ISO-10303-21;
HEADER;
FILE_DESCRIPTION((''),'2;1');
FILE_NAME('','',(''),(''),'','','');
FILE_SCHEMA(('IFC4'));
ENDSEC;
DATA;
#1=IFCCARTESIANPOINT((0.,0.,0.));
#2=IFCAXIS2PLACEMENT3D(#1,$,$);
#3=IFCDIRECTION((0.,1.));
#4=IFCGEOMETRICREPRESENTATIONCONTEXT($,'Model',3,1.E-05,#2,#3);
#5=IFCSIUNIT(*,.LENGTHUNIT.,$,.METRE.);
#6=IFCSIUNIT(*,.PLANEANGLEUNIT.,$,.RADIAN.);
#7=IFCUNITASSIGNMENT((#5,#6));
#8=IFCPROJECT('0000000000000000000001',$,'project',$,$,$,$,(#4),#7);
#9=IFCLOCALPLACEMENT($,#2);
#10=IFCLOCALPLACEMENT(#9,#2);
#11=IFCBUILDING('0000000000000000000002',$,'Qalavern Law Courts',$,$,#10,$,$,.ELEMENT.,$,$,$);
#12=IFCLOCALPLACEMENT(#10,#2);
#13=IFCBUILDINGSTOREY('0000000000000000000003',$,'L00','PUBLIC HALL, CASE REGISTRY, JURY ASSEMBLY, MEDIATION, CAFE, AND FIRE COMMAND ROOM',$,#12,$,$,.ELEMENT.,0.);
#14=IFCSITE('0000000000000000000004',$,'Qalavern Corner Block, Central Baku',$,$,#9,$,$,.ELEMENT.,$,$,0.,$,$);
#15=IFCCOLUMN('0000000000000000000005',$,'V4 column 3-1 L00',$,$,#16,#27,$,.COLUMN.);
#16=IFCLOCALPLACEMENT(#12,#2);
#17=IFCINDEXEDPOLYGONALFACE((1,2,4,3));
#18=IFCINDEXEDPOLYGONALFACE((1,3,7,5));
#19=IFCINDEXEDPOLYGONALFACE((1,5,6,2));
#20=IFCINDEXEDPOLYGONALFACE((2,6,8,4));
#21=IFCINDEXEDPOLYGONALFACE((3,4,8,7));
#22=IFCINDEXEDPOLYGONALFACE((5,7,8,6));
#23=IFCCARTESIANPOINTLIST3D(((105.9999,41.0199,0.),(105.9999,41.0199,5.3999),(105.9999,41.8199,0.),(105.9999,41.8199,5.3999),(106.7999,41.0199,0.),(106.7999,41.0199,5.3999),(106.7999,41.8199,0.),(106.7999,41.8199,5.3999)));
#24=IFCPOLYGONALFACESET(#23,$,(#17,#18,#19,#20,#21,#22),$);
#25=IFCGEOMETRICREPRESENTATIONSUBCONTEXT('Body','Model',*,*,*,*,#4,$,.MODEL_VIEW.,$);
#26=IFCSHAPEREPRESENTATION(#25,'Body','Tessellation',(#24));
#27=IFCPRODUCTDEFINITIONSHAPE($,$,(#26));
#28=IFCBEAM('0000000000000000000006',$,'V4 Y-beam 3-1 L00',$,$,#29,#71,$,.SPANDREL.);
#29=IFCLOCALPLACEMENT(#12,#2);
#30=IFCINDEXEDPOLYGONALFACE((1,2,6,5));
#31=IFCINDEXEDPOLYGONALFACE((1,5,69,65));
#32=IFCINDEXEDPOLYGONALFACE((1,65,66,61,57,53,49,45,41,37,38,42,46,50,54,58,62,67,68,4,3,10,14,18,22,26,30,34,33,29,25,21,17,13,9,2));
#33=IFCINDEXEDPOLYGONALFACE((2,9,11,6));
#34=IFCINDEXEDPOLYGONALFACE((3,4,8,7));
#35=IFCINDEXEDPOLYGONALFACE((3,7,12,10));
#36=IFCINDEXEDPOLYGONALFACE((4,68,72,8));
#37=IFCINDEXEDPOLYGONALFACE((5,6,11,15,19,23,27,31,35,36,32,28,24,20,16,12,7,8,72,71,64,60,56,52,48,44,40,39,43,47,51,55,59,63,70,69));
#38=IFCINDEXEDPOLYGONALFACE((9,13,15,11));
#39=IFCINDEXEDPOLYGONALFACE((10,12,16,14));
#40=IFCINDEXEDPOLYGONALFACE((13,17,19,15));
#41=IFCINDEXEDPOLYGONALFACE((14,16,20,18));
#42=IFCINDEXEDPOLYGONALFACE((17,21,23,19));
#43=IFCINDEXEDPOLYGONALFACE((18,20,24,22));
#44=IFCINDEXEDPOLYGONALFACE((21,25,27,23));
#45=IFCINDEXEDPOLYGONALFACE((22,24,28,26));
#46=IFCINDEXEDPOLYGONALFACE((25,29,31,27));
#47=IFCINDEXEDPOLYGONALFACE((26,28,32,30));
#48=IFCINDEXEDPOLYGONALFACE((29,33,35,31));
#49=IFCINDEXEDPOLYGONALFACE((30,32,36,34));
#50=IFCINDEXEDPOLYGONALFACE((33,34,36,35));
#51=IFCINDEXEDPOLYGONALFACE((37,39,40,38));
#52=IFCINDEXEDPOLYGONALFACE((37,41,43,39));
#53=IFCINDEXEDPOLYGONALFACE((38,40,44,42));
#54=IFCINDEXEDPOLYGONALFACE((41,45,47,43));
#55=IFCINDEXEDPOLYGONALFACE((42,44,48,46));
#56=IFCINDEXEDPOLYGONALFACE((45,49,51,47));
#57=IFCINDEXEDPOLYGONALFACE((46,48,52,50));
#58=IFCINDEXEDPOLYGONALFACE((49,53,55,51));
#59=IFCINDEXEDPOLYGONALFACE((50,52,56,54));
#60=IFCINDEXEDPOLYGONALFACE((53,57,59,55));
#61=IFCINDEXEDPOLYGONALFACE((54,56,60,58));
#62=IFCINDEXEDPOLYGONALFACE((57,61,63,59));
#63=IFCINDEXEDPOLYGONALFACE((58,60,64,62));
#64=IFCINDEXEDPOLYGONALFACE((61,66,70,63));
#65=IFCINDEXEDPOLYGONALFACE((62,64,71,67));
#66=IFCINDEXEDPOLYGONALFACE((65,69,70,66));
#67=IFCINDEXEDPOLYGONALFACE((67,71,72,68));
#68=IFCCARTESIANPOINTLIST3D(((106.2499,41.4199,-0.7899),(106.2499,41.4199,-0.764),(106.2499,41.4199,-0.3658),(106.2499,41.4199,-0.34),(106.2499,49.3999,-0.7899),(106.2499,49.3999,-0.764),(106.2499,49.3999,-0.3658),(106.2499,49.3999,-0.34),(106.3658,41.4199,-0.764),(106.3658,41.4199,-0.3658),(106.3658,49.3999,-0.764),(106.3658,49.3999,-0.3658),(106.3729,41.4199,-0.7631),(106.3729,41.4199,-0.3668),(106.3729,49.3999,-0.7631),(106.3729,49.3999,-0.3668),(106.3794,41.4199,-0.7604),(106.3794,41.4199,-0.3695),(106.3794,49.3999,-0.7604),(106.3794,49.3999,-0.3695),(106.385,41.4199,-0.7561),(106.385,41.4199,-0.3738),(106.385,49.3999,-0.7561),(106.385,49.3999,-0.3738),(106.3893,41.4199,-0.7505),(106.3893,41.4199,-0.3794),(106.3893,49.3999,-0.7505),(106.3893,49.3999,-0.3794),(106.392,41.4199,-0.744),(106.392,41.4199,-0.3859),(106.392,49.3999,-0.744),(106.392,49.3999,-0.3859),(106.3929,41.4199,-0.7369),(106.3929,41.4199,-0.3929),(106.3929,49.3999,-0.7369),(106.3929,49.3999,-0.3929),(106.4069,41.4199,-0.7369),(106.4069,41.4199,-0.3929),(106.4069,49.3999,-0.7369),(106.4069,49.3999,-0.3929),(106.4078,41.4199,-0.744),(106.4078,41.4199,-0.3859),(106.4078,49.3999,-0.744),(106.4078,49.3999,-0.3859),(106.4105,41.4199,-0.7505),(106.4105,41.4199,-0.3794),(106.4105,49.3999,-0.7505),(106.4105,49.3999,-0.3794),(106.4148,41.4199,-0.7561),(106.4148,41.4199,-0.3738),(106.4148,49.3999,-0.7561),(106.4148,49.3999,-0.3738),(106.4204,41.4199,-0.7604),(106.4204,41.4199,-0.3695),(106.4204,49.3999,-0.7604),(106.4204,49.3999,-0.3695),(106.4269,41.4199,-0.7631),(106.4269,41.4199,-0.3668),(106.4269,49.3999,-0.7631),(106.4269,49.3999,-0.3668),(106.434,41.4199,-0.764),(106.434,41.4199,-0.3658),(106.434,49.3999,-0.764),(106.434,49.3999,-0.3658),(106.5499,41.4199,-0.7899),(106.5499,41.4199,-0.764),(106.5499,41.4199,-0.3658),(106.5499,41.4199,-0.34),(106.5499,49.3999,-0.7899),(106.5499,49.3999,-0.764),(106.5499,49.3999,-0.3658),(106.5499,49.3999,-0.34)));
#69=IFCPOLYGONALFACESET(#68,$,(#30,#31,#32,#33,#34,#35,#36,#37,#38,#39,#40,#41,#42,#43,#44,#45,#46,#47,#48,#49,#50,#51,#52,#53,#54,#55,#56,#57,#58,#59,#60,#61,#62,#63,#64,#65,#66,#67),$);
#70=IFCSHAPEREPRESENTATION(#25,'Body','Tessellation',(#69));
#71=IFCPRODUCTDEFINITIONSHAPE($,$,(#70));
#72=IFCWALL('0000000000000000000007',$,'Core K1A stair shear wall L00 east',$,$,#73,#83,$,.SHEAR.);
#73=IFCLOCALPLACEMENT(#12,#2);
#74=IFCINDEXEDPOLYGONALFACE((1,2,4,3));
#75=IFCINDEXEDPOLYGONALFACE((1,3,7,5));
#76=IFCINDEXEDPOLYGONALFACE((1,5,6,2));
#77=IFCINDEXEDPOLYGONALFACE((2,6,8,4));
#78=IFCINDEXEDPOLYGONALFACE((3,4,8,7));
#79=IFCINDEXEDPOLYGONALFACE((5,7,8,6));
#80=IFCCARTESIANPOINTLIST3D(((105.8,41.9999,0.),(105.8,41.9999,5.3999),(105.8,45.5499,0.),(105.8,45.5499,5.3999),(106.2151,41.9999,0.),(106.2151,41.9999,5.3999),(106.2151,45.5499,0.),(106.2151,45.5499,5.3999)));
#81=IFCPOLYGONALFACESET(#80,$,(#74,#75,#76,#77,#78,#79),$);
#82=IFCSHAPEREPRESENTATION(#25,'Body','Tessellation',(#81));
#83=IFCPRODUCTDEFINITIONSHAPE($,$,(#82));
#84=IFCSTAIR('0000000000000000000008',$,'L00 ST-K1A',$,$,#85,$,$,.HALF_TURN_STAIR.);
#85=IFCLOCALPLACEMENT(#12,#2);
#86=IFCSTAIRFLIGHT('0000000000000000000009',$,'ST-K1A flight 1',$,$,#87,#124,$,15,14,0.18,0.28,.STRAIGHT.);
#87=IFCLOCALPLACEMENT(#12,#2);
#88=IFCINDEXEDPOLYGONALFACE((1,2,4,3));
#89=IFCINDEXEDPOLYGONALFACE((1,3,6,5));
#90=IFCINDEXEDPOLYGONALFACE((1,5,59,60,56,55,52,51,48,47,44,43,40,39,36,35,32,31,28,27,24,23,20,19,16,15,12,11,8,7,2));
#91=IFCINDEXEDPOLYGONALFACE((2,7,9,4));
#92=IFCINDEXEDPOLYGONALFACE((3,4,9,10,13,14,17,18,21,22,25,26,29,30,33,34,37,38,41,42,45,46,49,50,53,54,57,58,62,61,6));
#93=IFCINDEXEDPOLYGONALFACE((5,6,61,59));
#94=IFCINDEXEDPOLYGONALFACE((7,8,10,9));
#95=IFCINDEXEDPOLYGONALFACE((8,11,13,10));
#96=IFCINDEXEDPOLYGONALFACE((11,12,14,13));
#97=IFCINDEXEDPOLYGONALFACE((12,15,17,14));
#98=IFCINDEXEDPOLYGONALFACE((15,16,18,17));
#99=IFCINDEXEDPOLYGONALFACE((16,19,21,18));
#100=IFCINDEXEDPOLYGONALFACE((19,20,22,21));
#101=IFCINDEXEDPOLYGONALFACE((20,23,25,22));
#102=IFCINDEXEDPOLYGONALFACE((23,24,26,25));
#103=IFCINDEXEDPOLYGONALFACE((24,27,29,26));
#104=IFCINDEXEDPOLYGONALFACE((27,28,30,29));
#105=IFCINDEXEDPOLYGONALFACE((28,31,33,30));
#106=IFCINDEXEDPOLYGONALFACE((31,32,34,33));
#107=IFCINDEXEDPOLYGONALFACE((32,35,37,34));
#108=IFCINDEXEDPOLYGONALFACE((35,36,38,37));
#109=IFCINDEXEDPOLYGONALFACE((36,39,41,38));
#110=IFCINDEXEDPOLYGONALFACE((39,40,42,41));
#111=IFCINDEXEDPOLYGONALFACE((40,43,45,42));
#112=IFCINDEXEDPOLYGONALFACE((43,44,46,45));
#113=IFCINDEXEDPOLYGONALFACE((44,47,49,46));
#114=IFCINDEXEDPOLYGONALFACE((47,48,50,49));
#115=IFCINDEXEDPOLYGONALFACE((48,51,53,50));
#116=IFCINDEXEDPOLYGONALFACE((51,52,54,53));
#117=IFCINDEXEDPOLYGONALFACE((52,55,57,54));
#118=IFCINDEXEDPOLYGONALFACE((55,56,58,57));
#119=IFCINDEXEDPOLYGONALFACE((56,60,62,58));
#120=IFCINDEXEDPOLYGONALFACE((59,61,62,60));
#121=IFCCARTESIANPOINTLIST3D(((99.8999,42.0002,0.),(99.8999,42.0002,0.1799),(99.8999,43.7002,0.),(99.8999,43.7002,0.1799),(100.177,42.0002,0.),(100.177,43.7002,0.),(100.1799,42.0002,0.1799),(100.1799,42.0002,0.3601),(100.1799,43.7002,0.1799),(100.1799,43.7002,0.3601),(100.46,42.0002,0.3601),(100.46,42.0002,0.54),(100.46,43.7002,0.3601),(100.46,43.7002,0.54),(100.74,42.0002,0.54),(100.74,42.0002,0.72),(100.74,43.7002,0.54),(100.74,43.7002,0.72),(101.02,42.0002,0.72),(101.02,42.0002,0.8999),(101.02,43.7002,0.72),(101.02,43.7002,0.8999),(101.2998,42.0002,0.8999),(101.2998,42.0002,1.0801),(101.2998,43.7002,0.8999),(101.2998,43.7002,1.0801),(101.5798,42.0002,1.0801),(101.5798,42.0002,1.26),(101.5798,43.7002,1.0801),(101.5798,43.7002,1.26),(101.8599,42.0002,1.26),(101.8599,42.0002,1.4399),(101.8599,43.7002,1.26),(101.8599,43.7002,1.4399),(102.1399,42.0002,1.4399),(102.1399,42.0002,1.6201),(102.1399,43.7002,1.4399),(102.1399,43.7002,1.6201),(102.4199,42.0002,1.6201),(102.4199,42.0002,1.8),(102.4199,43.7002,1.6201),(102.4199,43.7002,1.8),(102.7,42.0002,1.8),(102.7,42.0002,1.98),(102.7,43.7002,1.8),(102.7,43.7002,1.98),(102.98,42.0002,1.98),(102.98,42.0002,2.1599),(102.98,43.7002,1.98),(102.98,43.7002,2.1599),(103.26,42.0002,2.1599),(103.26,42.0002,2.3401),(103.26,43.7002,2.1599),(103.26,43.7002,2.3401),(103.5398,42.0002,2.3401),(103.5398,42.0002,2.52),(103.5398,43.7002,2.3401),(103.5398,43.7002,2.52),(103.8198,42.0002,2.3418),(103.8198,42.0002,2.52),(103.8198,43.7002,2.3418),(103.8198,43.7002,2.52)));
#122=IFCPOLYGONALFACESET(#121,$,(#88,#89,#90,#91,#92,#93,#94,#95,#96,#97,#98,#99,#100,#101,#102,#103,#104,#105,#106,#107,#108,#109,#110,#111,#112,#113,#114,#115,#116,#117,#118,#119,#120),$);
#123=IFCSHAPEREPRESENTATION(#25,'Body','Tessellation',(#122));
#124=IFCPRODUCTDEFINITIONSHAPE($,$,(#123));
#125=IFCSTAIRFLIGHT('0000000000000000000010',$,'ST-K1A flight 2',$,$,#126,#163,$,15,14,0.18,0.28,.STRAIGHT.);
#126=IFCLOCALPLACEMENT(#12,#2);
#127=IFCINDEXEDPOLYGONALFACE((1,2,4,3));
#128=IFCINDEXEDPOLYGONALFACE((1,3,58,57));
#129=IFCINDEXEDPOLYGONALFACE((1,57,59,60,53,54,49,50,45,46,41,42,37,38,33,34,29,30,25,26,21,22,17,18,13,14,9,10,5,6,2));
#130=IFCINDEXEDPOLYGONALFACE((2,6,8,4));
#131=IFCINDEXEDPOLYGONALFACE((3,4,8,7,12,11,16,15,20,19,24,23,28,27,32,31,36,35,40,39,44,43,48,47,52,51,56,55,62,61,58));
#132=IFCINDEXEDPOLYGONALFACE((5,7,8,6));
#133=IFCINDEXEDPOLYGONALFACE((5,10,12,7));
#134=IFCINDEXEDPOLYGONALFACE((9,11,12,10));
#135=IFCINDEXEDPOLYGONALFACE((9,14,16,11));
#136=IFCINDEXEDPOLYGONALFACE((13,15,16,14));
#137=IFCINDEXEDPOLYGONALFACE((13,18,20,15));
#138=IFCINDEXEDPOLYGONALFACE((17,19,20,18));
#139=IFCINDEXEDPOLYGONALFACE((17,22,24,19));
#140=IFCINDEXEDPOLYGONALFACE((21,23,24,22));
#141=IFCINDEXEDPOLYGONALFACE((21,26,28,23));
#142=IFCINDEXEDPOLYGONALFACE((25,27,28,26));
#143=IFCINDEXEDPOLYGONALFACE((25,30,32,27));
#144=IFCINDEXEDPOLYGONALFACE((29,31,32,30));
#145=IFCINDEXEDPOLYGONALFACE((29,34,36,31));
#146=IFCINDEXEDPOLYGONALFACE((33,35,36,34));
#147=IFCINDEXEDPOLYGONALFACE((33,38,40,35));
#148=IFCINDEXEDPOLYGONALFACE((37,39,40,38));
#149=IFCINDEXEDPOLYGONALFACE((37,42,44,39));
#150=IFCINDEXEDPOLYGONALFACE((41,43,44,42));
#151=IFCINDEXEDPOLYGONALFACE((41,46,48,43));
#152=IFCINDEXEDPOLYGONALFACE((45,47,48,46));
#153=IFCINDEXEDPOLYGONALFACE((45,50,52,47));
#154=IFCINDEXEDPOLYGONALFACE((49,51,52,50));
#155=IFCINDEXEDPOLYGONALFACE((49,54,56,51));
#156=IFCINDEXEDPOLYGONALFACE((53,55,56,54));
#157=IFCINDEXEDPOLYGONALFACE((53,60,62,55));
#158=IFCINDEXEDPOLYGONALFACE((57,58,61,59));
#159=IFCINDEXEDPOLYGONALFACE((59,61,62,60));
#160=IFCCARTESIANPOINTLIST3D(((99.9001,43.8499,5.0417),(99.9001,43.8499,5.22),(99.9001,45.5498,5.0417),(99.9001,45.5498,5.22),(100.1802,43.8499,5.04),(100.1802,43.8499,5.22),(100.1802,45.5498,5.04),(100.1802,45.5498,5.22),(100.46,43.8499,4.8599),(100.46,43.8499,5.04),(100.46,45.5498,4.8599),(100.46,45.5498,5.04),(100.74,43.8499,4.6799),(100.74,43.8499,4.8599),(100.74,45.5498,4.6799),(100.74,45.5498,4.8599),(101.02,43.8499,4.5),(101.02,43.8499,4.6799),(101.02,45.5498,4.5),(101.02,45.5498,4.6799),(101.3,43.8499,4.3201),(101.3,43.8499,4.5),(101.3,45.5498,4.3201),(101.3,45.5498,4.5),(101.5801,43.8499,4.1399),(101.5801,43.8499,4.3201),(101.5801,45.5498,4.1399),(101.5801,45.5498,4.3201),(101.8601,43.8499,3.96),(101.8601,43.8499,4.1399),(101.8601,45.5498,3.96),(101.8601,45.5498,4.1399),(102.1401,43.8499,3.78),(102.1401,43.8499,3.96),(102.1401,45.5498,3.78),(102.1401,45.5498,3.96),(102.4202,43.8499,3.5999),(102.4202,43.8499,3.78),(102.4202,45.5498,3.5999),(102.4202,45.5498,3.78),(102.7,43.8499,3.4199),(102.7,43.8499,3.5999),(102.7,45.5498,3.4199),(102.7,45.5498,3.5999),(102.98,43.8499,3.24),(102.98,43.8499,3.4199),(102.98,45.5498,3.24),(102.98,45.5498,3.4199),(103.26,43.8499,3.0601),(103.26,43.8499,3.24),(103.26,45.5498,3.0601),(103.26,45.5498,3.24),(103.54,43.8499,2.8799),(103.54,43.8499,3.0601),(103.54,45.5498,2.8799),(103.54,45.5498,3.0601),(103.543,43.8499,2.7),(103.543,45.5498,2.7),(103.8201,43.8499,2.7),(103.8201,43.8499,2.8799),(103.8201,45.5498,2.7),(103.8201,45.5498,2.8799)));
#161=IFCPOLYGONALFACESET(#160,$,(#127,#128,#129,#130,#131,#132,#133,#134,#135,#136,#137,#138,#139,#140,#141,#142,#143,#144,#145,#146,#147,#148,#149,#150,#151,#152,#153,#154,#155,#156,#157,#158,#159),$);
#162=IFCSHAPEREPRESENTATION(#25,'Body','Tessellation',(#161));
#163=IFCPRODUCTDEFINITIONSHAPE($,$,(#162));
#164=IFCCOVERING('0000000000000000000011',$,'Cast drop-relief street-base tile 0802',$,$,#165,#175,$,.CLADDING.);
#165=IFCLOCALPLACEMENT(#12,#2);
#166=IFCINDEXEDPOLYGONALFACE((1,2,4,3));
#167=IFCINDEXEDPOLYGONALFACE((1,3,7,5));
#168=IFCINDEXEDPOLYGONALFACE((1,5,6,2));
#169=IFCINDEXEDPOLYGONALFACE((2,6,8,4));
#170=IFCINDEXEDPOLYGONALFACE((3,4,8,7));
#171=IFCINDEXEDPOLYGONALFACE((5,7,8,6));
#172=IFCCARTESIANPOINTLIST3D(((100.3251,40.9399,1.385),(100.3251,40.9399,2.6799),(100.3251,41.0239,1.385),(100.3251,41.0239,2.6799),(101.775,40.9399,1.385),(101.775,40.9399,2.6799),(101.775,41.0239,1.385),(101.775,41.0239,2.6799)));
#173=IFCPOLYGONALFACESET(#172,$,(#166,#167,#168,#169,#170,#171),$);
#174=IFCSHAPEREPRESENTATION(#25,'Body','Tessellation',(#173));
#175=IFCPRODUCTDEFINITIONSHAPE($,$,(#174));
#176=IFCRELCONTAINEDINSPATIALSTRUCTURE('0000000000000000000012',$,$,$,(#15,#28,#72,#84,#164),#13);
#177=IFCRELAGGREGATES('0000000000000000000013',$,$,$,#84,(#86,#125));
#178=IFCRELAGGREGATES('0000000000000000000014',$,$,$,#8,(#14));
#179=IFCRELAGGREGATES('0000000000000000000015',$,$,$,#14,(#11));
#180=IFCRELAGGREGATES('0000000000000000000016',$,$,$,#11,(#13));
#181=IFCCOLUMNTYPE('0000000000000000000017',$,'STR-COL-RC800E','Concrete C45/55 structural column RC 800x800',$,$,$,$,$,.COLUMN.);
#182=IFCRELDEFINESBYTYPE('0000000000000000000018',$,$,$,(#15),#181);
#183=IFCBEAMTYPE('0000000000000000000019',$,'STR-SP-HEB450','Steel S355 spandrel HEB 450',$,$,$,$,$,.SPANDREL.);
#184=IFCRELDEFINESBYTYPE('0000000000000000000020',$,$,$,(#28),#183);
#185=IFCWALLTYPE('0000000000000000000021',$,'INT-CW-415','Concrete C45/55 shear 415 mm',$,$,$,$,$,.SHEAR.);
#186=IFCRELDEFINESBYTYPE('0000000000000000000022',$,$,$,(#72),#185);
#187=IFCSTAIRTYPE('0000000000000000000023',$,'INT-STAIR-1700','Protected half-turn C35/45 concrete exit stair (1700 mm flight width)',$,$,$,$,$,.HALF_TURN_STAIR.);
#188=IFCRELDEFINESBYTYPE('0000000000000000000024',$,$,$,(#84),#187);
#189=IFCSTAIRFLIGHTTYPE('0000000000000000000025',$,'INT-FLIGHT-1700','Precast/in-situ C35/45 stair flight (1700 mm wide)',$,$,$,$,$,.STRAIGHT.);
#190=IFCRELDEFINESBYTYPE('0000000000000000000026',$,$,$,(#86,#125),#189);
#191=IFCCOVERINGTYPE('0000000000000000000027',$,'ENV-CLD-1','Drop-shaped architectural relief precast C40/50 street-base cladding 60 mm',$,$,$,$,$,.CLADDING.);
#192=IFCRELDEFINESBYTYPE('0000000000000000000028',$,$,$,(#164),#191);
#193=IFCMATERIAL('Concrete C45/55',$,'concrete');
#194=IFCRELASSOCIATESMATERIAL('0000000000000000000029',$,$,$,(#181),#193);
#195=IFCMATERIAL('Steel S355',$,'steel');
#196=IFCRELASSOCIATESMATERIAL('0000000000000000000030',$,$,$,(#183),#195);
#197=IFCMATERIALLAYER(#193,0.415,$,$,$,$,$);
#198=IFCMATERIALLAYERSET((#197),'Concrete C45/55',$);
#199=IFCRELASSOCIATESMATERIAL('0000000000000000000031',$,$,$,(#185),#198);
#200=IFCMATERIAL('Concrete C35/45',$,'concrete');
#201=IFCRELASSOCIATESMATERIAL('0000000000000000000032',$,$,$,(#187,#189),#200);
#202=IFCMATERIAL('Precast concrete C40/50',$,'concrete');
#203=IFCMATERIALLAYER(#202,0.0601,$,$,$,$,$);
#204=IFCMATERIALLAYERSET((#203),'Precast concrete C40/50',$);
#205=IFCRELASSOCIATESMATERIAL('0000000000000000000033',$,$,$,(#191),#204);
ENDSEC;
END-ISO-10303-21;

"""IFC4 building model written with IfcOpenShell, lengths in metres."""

from ifc_helpers import new_model, si_unit, direction, frame, frame_2d, origin, origin_2d, place, context, subcontext, project, spatial, polyline, rectangle, i_section, outline, extrude, material, layer, layer_set, material_profile, profile_set, type_object, element, aggregate, save


model = new_model("IFC4")

# Units and contexts
model_context = context("Model", 3, precision=1e-05, world=origin(), true_north=direction((0.0, 1.0)))
body_context = subcontext(model_context, "Body", "Model", "MODEL_VIEW")
ifc_project = project(units=[si_unit("LENGTHUNIT", "METRE"), si_unit("PLANEANGLEUNIT", "RADIAN")], contexts=[model_context])

# Site, building, storey
site_placement = place(None, origin())
site = spatial("IfcSite", under=ifc_project, at=site_placement, Name="Qalavern Corner Block, Central Baku", CompositionType="ELEMENT", RefElevation=0.0)
building_placement = place(site_placement, origin())
building = spatial("IfcBuilding", under=site, at=building_placement, Name="Qalavern Law Courts", CompositionType="ELEMENT")
storey_placement = place(building_placement, origin())
storey = spatial("IfcBuildingStorey", under=building, at=storey_placement, Name="L00", Description="PUBLIC HALL, CASE REGISTRY, JURY ASSEMBLY, MEDIATION, CAFE, AND FIRE COMMAND ROOM", CompositionType="ELEMENT", Elevation=0.0)

# Column
ifc_material_1 = material(Name="Concrete C45/55", Category="concrete")
ifc_material_profile_1 = material_profile(ifc_material_1, rectangle(XDim=0.8, YDim=0.8, at=origin_2d()), Name="RC 800x800")
ifc_profile_set_1 = profile_set([ifc_material_profile_1], Name="Concrete C45/55")
column_type = type_object("IfcColumnType", Name="STR-COL-RC800E", Description="Concrete C45/55 structural column RC 800x800", PredefinedType="COLUMN", material=ifc_profile_set_1)
column_placement = place(storey_placement, frame((106.3999, 41.4199, 0.0), z_axis=(0.0, 0.0, 1.0), x_axis=(1.0, 0.0, 0.0)))
element("IfcColumn", 1, at=column_placement, inside=storey, type_object=column_type, Name="V4 column 3-1 L00", PredefinedType="COLUMN", context=body_context, shape_type="SweptSolid", body=[
    extrude(rectangle(XDim=0.8, YDim=0.8, at=origin_2d()), origin(), (0.0, 0.0, 1.0), 5.3999),
])

# Beam
ifc_material_2 = material(Name="Steel S355", Category="steel")
ifc_material_profile_2 = material_profile(ifc_material_2, i_section(OverallWidth=0.3, OverallDepth=0.45, WebThickness=0.0139, FlangeThickness=0.0259, FilletRadius=0.0271, at=origin_2d()), Name="HEB 450")
ifc_profile_set_2 = profile_set([ifc_material_profile_2], Name="Steel S355")
beam_type = type_object("IfcBeamType", Name="STR-SP-HEB450", Description="Steel S355 spandrel HEB 450", PredefinedType="SPANDREL", material=ifc_profile_set_2)
beam_placement = place(storey_placement, frame((106.3999, 41.4199, -0.5649), z_axis=(0.0, 1.0, 0.0), x_axis=(-1.0, 0.0, 0.0)))
element("IfcBeam", 2, at=beam_placement, inside=storey, type_object=beam_type, Name="V4 Y-beam 3-1 L00", PredefinedType="SPANDREL", context=body_context, shape_type="SweptSolid", body=[
    extrude(i_section(OverallWidth=0.3, OverallDepth=0.45, WebThickness=0.0139, FlangeThickness=0.0259, FilletRadius=0.0271, at=origin_2d()), origin(), (0.0, 0.0, 1.0), 7.98),
])

# Wall
ifc_layer_1 = layer(ifc_material_1, 0.415)
ifc_layer_set_1 = layer_set([ifc_layer_1], Name="Concrete C45/55")
wall_type = type_object("IfcWallType", Name="INT-CW-415", Description="Concrete C45/55 shear 415 mm", PredefinedType="SHEAR", material=ifc_layer_set_1)
wall_placement = place(storey_placement, frame((106.0076, 42.0, 0.0), z_axis=(0.0, 0.0, 1.0), x_axis=(0.0, 1.0, 0.0)))
element("IfcWall", 3, at=wall_placement, inside=storey, type_object=wall_type, Name="Core K1A stair shear wall L00 east", PredefinedType="SHEAR", context=body_context, shape_type="SweptSolid", body=[
    extrude(rectangle(XDim=3.55, YDim=0.415, at=frame_2d((1.7749, 0.0))), origin(), (0.0, 0.0, 1.0), 5.3999),
])

# Stair, stair flights
ifc_material_3 = material(Name="Concrete C35/45", Category="concrete")
stair_type = type_object("IfcStairType", Name="INT-STAIR-1700", Description="Protected half-turn C35/45 concrete exit stair (1700 mm flight width)", PredefinedType="HALF_TURN_STAIR", material=ifc_material_3)
stair_placement = place(storey_placement, origin())
stair = element("IfcStair", 4, at=stair_placement, inside=storey, type_object=stair_type, Name="L00 ST-K1A", PredefinedType="HALF_TURN_STAIR")
stair_flight_type = type_object("IfcStairFlightType", Name="INT-FLIGHT-1700", Description="Precast/in-situ C35/45 stair flight (1700 mm wide)", PredefinedType="STRAIGHT", material=ifc_material_3)
stair_flight_1_placement = place(storey_placement, frame((99.8999, 42.8501, 0.0), z_axis=(0.0, 0.0, 1.0), x_axis=(1.0, 0.0, 0.0)))
stair_flight_1 = element("IfcStairFlight", 5, at=stair_flight_1_placement, type_object=stair_flight_type, Name="ST-K1A flight 1", NumberOfRisers=15, NumberOfTreads=14, PredefinedType="STRAIGHT", RiserHeight=0.18, TreadLength=0.28, context=body_context, shape_type="SweptSolid", body=[
    extrude(outline(polyline([(0.0, 0.0), (0.0, 0.1799), (0.28, 0.1799), (0.28, 0.3601), (0.5601, 0.3601), (0.5601, 0.54), (0.8401, 0.54), (0.8401, 0.72), (1.1201, 0.72), (1.1201, 0.8999), (1.3999, 0.8999), (1.3999, 1.0801), (1.6799, 1.0801), (1.6799, 1.26), (1.96, 1.26), (1.96, 1.4399), (2.24, 1.4399), (2.24, 1.6201), (2.52, 1.6201), (2.52, 1.8), (2.8, 1.8), (2.8, 1.98), (3.0801, 1.98), (3.0801, 2.1599), (3.3601, 2.1599), (3.3601, 2.3401), (3.6399, 2.3401), (3.6399, 2.52), (3.9199, 2.52), (3.9199, 2.7), (3.9199, 2.3418), (0.2771, 0.0), (0.0, 0.0)])), frame((0.0, 0.8501, 0.0), z_axis=(0.0, -1.0, 0.0), x_axis=(1.0, 0.0, 0.0)), (0.0, 0.0, 1.0), 1.7),
])
stair_flight_2_placement = place(storey_placement, frame((103.8201, 44.7, 2.7), z_axis=(0.0, 0.0, 1.0), x_axis=(-1.0, 0.0, 0.0)))
stair_flight_2 = element("IfcStairFlight", 6, at=stair_flight_2_placement, type_object=stair_flight_type, Name="ST-K1A flight 2", NumberOfRisers=15, NumberOfTreads=14, PredefinedType="STRAIGHT", RiserHeight=0.18, TreadLength=0.28, context=body_context, shape_type="SweptSolid", body=[
    extrude(outline(polyline([(0.0, 0.0), (0.0, 0.1799), (0.28, 0.1799), (0.28, 0.3601), (0.5601, 0.3601), (0.5601, 0.54), (0.8401, 0.54), (0.8401, 0.72), (1.1201, 0.72), (1.1201, 0.8999), (1.3999, 0.8999), (1.3999, 1.0801), (1.6799, 1.0801), (1.6799, 1.26), (1.96, 1.26), (1.96, 1.4399), (2.24, 1.4399), (2.24, 1.6201), (2.52, 1.6201), (2.52, 1.8), (2.8, 1.8), (2.8, 1.98), (3.0801, 1.98), (3.0801, 2.1599), (3.3601, 2.1599), (3.3601, 2.3401), (3.6399, 2.3401), (3.6399, 2.52), (3.9199, 2.52), (3.9199, 2.7), (3.9199, 2.3418), (0.2771, 0.0), (0.0, 0.0)])), frame((0.0, 0.8501, 0.0), z_axis=(0.0, -1.0, 0.0), x_axis=(1.0, 0.0, 0.0)), (0.0, 0.0, 1.0), 1.7),
])
aggregate(stair, [stair_flight_1, stair_flight_2])

# Covering
ifc_material_4 = material(Name="Precast concrete C40/50", Category="concrete")
ifc_layer_2 = layer(ifc_material_4, 0.0601)
ifc_layer_set_2 = layer_set([ifc_layer_2], Name="Precast concrete C40/50")
covering_type_1 = type_object("IfcCoveringType", Name="ENV-CLD-1", Description="Drop-shaped architectural relief precast C40/50 street-base cladding 60 mm", PredefinedType="CLADDING", material=ifc_layer_set_2)
for number, where, z_axis, x_axis, name in (
    (7, (101.05, 40.9819, 1.385), (0.0, 0.0, 1.0), (1.0, 0.0, 0.0), "Cast drop-relief street-base tile 0802"),
):
    element("IfcCovering", number, at=place(storey_placement, frame(where, z_axis=z_axis, x_axis=x_axis)), inside=storey, type_object=covering_type_1, Name=name, PredefinedType="CLADDING", context=body_context, shape_type="SweptSolid", body=[
        extrude(rectangle(XDim=1.45, YDim=0.084, at=origin_2d()), origin(), (0.0, 0.0, 1.0), 1.2949),
    ])

save(model, "model.ifc")
